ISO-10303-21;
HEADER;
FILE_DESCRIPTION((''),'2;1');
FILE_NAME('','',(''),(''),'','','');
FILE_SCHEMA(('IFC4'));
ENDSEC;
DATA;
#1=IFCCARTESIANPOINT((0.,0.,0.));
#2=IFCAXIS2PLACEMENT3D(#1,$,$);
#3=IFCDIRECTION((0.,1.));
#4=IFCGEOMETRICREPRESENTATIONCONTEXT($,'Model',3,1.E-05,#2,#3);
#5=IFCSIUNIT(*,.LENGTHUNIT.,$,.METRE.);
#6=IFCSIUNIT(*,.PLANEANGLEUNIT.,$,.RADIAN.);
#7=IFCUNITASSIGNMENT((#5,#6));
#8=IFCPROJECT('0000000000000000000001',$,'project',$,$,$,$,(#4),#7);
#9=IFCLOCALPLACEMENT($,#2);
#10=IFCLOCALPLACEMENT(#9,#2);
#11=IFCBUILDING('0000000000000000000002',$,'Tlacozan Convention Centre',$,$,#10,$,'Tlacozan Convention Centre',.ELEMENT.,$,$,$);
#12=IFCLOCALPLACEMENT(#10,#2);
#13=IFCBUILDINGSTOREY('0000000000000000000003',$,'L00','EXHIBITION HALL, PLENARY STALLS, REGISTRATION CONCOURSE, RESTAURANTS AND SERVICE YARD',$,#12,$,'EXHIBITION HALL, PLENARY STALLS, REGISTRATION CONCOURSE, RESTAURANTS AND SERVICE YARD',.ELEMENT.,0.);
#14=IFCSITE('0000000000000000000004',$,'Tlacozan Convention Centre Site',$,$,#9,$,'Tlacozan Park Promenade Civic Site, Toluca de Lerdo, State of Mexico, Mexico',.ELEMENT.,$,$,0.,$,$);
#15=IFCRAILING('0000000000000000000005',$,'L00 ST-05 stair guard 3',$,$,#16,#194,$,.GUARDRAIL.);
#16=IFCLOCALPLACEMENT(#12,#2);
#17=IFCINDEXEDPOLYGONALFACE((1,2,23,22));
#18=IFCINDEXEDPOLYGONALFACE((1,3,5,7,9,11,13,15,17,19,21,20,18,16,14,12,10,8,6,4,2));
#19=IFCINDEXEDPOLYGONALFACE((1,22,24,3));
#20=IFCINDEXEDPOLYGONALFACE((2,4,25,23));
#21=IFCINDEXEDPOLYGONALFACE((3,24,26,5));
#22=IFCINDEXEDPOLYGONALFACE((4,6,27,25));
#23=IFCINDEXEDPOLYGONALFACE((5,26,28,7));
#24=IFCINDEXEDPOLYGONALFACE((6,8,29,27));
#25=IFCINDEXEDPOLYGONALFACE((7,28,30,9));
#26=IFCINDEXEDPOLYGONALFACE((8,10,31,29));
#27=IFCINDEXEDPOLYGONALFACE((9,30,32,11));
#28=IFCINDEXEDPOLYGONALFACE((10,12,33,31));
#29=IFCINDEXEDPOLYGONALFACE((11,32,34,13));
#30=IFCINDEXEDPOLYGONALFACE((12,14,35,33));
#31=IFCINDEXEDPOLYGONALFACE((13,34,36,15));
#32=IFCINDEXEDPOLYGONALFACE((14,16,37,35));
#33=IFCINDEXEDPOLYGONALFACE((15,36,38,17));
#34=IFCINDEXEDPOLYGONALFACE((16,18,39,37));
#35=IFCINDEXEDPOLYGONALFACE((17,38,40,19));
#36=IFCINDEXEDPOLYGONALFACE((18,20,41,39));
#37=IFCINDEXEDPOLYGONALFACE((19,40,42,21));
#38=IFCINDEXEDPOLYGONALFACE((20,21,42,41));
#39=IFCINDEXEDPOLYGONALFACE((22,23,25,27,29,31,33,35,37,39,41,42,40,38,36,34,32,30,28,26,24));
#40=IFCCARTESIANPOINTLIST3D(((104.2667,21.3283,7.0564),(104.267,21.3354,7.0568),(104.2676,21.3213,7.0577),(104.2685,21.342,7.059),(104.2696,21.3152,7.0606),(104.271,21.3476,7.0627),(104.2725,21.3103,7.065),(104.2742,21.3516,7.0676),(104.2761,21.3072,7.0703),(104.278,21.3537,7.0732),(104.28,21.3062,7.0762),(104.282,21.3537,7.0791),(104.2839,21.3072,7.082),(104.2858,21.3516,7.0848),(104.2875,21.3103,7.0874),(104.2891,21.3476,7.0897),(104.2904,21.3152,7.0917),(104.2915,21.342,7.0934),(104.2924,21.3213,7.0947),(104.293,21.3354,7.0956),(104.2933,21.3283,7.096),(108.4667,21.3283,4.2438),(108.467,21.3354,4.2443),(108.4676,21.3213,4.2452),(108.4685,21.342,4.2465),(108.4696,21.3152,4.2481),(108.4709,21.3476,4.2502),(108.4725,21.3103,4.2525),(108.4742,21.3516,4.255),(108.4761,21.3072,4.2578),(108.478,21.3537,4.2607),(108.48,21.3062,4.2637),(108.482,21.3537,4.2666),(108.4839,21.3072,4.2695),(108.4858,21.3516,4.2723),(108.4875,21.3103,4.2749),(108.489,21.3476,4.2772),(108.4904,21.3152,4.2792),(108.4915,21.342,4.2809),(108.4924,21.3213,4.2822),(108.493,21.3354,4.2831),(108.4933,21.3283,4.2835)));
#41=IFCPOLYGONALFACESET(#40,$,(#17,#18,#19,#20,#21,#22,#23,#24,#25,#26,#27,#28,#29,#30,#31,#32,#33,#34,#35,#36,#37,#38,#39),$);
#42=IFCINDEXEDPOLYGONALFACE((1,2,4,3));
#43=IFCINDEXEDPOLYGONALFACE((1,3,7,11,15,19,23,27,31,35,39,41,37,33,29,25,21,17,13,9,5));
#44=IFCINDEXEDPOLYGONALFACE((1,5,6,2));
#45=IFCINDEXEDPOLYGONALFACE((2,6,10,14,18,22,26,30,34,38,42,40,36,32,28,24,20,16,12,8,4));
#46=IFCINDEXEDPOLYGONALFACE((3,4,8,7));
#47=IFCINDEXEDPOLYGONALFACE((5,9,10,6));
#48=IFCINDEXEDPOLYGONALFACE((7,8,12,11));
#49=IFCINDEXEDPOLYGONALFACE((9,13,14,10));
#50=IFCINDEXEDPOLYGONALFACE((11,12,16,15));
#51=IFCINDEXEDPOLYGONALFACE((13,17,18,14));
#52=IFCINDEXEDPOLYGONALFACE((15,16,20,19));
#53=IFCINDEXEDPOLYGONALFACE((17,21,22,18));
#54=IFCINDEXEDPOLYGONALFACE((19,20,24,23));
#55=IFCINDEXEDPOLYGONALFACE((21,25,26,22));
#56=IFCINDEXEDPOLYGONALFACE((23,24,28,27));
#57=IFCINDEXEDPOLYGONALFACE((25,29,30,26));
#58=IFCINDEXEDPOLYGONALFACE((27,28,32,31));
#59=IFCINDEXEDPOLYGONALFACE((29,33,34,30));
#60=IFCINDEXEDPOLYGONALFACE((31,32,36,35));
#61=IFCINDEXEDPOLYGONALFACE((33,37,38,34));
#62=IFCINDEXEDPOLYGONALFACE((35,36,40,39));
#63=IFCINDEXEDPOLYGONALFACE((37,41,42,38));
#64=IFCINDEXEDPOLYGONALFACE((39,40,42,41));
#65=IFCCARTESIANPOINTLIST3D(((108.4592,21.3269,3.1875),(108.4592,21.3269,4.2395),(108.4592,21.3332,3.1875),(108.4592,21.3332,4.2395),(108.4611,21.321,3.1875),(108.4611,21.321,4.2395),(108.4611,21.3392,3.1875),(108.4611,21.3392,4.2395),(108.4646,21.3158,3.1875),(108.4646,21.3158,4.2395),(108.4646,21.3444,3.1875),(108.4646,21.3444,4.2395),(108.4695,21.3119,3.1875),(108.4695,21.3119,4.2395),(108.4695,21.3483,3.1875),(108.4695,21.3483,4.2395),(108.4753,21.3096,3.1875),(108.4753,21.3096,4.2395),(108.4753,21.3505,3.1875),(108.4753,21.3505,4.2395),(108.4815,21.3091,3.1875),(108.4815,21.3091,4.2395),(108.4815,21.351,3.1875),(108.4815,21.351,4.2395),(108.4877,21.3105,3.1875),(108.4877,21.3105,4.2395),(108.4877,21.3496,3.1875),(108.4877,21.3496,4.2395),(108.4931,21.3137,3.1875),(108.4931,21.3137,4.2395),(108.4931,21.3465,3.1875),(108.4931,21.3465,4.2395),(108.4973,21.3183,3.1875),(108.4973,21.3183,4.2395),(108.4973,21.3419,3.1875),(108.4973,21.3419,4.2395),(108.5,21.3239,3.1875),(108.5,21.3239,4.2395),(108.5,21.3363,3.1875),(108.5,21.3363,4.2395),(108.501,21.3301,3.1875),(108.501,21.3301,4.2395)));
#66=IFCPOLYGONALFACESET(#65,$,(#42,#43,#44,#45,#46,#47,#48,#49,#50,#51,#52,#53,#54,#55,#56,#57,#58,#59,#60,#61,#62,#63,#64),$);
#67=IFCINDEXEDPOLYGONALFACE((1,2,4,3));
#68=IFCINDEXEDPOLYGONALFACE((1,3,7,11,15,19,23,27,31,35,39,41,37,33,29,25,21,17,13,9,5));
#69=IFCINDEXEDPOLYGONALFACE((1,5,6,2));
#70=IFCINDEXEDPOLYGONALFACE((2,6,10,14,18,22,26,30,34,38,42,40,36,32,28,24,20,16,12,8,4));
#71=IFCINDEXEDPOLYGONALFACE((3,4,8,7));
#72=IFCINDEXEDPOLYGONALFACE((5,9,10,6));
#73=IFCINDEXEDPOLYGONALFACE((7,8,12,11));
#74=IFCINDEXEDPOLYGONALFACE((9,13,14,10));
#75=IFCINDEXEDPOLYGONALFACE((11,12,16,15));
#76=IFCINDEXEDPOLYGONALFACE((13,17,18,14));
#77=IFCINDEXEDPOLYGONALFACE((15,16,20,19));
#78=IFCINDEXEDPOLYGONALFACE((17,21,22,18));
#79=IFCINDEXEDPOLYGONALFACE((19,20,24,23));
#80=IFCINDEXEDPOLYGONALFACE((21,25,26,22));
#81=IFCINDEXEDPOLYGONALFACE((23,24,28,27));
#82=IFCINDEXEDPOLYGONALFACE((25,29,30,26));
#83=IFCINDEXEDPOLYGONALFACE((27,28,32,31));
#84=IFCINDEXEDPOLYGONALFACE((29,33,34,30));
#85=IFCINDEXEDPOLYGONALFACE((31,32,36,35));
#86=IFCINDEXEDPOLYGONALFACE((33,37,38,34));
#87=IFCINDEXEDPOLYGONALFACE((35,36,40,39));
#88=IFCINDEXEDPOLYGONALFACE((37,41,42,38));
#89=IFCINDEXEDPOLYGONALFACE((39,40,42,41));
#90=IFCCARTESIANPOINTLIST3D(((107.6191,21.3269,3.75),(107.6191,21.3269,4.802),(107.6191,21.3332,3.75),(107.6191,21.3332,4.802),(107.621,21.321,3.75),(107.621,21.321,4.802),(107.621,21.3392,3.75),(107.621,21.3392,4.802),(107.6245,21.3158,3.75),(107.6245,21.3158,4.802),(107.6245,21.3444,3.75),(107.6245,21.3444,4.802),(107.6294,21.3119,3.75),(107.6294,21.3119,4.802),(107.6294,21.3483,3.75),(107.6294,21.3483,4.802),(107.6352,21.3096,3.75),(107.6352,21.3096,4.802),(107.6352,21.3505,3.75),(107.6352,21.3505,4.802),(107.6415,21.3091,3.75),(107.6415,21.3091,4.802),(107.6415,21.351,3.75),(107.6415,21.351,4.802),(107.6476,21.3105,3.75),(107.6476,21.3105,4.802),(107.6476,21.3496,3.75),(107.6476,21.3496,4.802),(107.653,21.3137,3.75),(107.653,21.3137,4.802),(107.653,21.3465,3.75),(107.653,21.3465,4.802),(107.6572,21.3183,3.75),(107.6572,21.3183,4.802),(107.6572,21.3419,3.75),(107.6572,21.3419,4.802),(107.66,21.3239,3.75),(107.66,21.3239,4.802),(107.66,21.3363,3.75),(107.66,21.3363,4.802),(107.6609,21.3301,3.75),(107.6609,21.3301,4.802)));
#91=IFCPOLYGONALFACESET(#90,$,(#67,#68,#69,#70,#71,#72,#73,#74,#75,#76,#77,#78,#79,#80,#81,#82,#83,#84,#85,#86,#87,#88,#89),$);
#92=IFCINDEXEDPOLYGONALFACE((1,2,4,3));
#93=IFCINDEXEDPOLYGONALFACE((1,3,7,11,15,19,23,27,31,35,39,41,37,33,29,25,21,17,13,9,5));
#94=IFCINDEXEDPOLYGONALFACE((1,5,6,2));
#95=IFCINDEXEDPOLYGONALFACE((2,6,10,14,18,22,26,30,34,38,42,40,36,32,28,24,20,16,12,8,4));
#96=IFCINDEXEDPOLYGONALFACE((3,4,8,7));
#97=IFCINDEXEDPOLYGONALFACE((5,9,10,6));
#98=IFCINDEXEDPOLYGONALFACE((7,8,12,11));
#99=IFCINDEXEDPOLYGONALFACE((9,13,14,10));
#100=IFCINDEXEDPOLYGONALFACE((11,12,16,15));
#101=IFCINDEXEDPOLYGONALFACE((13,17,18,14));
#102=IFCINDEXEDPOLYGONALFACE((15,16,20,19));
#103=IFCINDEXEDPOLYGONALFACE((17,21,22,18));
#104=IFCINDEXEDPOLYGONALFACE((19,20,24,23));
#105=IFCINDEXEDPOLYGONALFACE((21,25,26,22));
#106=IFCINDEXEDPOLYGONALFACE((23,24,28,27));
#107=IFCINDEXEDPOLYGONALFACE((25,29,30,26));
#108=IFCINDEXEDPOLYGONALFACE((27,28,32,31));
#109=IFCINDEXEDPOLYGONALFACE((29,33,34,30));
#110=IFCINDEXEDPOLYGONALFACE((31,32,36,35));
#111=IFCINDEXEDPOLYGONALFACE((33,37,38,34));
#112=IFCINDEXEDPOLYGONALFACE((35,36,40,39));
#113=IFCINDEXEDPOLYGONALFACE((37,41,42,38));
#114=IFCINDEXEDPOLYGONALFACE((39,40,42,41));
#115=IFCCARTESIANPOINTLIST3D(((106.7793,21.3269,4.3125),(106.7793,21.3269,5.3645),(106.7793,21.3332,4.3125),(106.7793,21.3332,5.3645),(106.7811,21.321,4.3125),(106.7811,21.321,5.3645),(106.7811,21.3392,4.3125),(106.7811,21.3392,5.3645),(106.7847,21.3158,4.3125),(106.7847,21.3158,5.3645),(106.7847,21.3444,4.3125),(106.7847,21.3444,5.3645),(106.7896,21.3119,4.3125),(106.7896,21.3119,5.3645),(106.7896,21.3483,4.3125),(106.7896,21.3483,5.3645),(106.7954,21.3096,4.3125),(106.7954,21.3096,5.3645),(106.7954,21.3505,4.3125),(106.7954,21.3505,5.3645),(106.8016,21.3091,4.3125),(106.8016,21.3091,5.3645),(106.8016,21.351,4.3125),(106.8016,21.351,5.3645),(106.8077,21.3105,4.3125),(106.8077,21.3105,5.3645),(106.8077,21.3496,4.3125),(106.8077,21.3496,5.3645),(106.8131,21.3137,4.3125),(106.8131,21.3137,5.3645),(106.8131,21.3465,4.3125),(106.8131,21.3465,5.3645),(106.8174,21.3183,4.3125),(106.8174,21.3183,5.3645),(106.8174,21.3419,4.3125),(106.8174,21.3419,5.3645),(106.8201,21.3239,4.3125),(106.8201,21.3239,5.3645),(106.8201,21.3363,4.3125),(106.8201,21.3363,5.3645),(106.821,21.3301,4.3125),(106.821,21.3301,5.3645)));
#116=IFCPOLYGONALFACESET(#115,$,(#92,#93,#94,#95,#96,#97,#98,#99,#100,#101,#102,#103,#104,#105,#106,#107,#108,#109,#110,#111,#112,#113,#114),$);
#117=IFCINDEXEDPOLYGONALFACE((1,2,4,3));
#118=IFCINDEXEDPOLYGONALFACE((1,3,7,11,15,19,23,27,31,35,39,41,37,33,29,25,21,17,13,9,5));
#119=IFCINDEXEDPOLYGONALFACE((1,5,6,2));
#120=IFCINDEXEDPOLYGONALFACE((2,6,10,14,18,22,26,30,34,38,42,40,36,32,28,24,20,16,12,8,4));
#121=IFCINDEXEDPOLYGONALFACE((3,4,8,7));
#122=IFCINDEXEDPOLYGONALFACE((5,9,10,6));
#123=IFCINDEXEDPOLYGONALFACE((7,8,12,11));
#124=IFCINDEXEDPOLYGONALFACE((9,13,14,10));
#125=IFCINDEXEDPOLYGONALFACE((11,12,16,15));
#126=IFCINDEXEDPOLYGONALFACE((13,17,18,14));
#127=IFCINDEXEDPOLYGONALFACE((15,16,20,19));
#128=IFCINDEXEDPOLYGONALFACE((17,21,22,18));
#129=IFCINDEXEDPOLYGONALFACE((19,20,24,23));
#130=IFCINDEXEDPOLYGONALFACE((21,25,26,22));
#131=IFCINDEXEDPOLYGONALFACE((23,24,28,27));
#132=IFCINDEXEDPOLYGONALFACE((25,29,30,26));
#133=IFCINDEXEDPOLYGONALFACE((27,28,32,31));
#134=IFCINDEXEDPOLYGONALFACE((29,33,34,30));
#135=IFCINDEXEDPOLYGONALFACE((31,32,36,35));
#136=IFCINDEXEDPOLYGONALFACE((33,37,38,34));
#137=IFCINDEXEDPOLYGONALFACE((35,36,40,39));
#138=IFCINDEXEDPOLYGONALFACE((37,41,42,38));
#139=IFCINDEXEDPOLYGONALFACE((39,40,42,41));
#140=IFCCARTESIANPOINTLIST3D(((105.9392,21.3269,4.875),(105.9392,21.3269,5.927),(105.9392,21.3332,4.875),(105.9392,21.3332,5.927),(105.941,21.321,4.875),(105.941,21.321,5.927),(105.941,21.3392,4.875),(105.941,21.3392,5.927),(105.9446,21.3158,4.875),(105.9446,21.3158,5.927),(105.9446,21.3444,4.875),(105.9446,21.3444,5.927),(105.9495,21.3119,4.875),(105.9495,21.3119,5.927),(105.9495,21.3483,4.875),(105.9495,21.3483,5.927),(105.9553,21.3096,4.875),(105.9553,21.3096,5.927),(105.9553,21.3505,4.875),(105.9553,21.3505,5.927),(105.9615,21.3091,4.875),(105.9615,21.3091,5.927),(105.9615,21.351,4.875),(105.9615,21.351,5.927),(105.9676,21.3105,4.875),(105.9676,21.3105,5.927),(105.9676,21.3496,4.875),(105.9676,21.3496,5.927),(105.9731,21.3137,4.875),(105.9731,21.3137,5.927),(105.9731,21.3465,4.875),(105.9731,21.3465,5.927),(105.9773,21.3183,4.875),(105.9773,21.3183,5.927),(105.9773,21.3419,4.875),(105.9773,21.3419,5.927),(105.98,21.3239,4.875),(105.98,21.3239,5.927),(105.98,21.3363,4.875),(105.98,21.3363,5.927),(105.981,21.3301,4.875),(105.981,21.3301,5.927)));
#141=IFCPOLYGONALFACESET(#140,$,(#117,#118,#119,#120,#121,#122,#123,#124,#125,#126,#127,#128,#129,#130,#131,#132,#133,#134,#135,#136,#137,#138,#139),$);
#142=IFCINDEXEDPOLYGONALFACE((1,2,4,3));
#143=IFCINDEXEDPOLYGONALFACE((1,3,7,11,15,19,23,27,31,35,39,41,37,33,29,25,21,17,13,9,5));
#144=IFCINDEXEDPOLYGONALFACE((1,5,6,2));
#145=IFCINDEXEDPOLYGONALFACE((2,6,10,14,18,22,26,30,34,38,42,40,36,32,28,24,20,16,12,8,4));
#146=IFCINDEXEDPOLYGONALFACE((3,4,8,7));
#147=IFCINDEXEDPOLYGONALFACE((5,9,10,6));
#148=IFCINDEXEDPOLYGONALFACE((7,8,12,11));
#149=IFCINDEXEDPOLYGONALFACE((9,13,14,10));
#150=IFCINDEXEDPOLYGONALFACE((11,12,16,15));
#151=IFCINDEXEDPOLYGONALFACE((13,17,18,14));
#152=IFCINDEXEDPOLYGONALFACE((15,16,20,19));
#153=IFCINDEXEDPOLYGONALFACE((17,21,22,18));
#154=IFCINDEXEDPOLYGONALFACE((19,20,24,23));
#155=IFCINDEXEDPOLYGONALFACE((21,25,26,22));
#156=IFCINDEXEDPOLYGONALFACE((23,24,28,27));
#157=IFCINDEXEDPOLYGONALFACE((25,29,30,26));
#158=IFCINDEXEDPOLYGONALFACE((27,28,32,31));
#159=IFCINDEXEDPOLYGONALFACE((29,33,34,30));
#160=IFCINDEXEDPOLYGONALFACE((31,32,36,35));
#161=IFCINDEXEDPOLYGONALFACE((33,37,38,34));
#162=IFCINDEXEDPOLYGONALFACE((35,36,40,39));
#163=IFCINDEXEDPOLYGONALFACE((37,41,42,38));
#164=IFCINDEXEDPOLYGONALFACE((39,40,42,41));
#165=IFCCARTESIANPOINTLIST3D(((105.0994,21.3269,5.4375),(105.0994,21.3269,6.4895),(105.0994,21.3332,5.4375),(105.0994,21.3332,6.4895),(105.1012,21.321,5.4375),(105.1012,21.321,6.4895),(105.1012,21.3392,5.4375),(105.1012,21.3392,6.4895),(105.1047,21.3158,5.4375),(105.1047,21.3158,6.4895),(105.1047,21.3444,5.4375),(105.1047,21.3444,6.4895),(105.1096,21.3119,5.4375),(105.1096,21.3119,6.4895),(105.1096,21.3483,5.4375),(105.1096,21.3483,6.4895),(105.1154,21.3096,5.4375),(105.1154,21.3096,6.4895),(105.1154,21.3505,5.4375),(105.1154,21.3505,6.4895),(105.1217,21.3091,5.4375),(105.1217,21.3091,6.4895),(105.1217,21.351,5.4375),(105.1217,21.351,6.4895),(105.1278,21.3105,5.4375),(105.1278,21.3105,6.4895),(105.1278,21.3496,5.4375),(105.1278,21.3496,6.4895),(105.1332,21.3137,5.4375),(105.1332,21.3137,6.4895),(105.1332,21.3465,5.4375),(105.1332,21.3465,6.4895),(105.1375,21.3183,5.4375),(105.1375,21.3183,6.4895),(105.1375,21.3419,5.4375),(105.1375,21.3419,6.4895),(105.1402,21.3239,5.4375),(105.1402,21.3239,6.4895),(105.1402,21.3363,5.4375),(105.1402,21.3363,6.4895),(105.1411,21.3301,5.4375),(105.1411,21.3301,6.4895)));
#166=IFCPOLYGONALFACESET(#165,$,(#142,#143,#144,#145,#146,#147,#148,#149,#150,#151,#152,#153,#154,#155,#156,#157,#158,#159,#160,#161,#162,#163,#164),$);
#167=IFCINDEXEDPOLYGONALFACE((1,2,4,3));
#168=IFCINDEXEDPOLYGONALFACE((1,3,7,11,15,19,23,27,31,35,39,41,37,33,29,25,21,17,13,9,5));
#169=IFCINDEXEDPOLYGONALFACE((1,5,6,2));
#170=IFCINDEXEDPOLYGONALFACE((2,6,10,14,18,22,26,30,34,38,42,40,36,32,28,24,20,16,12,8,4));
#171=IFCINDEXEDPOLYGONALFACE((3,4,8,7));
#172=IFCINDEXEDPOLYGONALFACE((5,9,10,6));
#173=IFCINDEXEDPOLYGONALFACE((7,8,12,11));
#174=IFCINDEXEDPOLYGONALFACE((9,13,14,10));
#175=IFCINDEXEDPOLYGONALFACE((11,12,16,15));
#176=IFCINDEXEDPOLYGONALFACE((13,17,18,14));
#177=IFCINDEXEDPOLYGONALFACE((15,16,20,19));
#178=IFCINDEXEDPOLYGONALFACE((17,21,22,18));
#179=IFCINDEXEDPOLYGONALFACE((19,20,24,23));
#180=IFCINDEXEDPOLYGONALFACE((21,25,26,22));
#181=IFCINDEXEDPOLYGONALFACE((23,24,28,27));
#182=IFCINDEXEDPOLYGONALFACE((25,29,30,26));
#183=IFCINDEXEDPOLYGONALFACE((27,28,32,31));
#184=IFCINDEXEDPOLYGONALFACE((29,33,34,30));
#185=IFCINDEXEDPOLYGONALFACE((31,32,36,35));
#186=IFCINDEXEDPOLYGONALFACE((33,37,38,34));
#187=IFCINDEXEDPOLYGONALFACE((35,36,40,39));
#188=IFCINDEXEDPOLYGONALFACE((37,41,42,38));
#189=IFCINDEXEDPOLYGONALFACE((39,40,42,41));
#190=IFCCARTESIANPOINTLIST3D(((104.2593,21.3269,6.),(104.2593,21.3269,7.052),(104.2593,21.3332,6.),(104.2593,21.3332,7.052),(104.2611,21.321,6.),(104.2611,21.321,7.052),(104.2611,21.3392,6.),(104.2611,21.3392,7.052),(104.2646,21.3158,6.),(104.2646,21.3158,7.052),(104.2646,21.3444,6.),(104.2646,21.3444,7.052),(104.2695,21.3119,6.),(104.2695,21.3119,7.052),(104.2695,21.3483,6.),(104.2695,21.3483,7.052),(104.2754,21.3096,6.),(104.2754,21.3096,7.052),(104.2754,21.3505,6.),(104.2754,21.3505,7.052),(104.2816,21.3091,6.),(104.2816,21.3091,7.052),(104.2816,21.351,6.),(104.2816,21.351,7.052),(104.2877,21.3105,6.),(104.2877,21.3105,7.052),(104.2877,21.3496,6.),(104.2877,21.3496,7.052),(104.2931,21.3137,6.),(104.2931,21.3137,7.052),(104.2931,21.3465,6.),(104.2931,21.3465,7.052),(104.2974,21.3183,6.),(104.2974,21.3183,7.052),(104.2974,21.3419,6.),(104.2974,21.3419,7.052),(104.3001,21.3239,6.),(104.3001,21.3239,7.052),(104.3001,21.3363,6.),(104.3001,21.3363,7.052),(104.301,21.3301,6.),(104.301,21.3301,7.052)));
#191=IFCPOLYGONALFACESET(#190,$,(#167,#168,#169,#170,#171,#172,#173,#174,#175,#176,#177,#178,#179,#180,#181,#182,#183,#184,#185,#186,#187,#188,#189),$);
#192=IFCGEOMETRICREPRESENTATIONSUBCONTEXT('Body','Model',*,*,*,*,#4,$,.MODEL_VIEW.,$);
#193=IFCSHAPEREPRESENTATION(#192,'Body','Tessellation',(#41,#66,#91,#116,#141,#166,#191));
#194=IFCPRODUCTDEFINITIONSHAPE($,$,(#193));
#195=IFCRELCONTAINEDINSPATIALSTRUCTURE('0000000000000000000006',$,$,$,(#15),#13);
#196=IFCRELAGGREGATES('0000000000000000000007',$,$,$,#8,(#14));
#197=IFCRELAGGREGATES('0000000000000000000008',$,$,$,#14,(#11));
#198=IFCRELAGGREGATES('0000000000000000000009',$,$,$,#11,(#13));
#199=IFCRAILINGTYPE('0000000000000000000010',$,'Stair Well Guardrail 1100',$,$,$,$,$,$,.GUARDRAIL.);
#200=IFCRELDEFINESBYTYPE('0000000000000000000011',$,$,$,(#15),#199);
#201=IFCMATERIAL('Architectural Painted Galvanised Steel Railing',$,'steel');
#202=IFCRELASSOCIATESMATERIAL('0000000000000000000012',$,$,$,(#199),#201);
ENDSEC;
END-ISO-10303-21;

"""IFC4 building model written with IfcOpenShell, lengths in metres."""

from ifc_helpers import new_model, si_unit, direction, frame, origin, origin_2d, place, context, subcontext, project, spatial, circle, extrude, material, type_object, element, save


model = new_model("IFC4")

# Units and contexts
model_context = context("Model", 3, precision=1e-05, world=origin(), true_north=direction((0.0, 1.0)))
body_context = subcontext(model_context, "Body", "Model", "MODEL_VIEW")
ifc_project = project(units=[si_unit("LENGTHUNIT", "METRE"), si_unit("PLANEANGLEUNIT", "RADIAN")], contexts=[model_context])

# Site, building, storey
site_placement = place(None, origin())
site = spatial("IfcSite", under=ifc_project, at=site_placement, Name="Tlacozan Convention Centre Site", LongName="Tlacozan Park Promenade Civic Site, Toluca de Lerdo, State of Mexico, Mexico", CompositionType="ELEMENT", RefElevation=0.0)
building_placement = place(site_placement, origin())
building = spatial("IfcBuilding", under=site, at=building_placement, Name="Tlacozan Convention Centre", LongName="Tlacozan Convention Centre", CompositionType="ELEMENT")
storey_placement = place(building_placement, origin())
storey = spatial("IfcBuildingStorey", under=building, at=storey_placement, Name="L00", Description="EXHIBITION HALL, PLENARY STALLS, REGISTRATION CONCOURSE, RESTAURANTS AND SERVICE YARD", LongName="EXHIBITION HALL, PLENARY STALLS, REGISTRATION CONCOURSE, RESTAURANTS AND SERVICE YARD", CompositionType="ELEMENT", Elevation=0.0)

# Railing
ifc_material_1 = material(Name="Architectural Painted Galvanised Steel Railing", Category="steel")
railing_type_1 = type_object("IfcRailingType", Name="Stair Well Guardrail 1100", PredefinedType="GUARDRAIL", material=ifc_material_1)
railing_1_placement = place(storey_placement, frame((108.48, 21.3301, 3.1875)))
element("IfcRailing", 1, at=railing_1_placement, inside=storey, type_object=railing_type_1, Name="L00 ST-05 stair guard 3", PredefinedType="GUARDRAIL", context=body_context, shape_type="SweptSolid", body=[
    extrude(circle(Radius=0.0239, at=origin_2d()), frame((0.0, 0.0, 1.0762), z_axis=(-0.830904, 0.0, 0.556416), x_axis=(0.0, -1.0, 0.0)), (0.0, 0.0, 1.0), 5.0547),
    extrude(circle(Radius=0.021, at=origin_2d()), origin(), (0.0, 0.0, 1.0), 1.052),
    extrude(circle(Radius=0.021, at=origin_2d()), frame((-0.8401, 0.0, 0.5625)), (0.0, 0.0, 1.0), 1.052),
    extrude(circle(Radius=0.021, at=origin_2d()), frame((-1.6799, 0.0, 1.125)), (0.0, 0.0, 1.0), 1.052),
    extrude(circle(Radius=0.021, at=origin_2d()), frame((-2.52, 0.0, 1.6875)), (0.0, 0.0, 1.0), 1.052),
    extrude(circle(Radius=0.021, at=origin_2d()), frame((-3.3599, 0.0, 2.25)), (0.0, 0.0, 1.0), 1.052),
    extrude(circle(Radius=0.021, at=origin_2d()), frame((-4.2, 0.0, 2.8125)), (0.0, 0.0, 1.0), 1.052),
])

save(model, "model.ifc")
